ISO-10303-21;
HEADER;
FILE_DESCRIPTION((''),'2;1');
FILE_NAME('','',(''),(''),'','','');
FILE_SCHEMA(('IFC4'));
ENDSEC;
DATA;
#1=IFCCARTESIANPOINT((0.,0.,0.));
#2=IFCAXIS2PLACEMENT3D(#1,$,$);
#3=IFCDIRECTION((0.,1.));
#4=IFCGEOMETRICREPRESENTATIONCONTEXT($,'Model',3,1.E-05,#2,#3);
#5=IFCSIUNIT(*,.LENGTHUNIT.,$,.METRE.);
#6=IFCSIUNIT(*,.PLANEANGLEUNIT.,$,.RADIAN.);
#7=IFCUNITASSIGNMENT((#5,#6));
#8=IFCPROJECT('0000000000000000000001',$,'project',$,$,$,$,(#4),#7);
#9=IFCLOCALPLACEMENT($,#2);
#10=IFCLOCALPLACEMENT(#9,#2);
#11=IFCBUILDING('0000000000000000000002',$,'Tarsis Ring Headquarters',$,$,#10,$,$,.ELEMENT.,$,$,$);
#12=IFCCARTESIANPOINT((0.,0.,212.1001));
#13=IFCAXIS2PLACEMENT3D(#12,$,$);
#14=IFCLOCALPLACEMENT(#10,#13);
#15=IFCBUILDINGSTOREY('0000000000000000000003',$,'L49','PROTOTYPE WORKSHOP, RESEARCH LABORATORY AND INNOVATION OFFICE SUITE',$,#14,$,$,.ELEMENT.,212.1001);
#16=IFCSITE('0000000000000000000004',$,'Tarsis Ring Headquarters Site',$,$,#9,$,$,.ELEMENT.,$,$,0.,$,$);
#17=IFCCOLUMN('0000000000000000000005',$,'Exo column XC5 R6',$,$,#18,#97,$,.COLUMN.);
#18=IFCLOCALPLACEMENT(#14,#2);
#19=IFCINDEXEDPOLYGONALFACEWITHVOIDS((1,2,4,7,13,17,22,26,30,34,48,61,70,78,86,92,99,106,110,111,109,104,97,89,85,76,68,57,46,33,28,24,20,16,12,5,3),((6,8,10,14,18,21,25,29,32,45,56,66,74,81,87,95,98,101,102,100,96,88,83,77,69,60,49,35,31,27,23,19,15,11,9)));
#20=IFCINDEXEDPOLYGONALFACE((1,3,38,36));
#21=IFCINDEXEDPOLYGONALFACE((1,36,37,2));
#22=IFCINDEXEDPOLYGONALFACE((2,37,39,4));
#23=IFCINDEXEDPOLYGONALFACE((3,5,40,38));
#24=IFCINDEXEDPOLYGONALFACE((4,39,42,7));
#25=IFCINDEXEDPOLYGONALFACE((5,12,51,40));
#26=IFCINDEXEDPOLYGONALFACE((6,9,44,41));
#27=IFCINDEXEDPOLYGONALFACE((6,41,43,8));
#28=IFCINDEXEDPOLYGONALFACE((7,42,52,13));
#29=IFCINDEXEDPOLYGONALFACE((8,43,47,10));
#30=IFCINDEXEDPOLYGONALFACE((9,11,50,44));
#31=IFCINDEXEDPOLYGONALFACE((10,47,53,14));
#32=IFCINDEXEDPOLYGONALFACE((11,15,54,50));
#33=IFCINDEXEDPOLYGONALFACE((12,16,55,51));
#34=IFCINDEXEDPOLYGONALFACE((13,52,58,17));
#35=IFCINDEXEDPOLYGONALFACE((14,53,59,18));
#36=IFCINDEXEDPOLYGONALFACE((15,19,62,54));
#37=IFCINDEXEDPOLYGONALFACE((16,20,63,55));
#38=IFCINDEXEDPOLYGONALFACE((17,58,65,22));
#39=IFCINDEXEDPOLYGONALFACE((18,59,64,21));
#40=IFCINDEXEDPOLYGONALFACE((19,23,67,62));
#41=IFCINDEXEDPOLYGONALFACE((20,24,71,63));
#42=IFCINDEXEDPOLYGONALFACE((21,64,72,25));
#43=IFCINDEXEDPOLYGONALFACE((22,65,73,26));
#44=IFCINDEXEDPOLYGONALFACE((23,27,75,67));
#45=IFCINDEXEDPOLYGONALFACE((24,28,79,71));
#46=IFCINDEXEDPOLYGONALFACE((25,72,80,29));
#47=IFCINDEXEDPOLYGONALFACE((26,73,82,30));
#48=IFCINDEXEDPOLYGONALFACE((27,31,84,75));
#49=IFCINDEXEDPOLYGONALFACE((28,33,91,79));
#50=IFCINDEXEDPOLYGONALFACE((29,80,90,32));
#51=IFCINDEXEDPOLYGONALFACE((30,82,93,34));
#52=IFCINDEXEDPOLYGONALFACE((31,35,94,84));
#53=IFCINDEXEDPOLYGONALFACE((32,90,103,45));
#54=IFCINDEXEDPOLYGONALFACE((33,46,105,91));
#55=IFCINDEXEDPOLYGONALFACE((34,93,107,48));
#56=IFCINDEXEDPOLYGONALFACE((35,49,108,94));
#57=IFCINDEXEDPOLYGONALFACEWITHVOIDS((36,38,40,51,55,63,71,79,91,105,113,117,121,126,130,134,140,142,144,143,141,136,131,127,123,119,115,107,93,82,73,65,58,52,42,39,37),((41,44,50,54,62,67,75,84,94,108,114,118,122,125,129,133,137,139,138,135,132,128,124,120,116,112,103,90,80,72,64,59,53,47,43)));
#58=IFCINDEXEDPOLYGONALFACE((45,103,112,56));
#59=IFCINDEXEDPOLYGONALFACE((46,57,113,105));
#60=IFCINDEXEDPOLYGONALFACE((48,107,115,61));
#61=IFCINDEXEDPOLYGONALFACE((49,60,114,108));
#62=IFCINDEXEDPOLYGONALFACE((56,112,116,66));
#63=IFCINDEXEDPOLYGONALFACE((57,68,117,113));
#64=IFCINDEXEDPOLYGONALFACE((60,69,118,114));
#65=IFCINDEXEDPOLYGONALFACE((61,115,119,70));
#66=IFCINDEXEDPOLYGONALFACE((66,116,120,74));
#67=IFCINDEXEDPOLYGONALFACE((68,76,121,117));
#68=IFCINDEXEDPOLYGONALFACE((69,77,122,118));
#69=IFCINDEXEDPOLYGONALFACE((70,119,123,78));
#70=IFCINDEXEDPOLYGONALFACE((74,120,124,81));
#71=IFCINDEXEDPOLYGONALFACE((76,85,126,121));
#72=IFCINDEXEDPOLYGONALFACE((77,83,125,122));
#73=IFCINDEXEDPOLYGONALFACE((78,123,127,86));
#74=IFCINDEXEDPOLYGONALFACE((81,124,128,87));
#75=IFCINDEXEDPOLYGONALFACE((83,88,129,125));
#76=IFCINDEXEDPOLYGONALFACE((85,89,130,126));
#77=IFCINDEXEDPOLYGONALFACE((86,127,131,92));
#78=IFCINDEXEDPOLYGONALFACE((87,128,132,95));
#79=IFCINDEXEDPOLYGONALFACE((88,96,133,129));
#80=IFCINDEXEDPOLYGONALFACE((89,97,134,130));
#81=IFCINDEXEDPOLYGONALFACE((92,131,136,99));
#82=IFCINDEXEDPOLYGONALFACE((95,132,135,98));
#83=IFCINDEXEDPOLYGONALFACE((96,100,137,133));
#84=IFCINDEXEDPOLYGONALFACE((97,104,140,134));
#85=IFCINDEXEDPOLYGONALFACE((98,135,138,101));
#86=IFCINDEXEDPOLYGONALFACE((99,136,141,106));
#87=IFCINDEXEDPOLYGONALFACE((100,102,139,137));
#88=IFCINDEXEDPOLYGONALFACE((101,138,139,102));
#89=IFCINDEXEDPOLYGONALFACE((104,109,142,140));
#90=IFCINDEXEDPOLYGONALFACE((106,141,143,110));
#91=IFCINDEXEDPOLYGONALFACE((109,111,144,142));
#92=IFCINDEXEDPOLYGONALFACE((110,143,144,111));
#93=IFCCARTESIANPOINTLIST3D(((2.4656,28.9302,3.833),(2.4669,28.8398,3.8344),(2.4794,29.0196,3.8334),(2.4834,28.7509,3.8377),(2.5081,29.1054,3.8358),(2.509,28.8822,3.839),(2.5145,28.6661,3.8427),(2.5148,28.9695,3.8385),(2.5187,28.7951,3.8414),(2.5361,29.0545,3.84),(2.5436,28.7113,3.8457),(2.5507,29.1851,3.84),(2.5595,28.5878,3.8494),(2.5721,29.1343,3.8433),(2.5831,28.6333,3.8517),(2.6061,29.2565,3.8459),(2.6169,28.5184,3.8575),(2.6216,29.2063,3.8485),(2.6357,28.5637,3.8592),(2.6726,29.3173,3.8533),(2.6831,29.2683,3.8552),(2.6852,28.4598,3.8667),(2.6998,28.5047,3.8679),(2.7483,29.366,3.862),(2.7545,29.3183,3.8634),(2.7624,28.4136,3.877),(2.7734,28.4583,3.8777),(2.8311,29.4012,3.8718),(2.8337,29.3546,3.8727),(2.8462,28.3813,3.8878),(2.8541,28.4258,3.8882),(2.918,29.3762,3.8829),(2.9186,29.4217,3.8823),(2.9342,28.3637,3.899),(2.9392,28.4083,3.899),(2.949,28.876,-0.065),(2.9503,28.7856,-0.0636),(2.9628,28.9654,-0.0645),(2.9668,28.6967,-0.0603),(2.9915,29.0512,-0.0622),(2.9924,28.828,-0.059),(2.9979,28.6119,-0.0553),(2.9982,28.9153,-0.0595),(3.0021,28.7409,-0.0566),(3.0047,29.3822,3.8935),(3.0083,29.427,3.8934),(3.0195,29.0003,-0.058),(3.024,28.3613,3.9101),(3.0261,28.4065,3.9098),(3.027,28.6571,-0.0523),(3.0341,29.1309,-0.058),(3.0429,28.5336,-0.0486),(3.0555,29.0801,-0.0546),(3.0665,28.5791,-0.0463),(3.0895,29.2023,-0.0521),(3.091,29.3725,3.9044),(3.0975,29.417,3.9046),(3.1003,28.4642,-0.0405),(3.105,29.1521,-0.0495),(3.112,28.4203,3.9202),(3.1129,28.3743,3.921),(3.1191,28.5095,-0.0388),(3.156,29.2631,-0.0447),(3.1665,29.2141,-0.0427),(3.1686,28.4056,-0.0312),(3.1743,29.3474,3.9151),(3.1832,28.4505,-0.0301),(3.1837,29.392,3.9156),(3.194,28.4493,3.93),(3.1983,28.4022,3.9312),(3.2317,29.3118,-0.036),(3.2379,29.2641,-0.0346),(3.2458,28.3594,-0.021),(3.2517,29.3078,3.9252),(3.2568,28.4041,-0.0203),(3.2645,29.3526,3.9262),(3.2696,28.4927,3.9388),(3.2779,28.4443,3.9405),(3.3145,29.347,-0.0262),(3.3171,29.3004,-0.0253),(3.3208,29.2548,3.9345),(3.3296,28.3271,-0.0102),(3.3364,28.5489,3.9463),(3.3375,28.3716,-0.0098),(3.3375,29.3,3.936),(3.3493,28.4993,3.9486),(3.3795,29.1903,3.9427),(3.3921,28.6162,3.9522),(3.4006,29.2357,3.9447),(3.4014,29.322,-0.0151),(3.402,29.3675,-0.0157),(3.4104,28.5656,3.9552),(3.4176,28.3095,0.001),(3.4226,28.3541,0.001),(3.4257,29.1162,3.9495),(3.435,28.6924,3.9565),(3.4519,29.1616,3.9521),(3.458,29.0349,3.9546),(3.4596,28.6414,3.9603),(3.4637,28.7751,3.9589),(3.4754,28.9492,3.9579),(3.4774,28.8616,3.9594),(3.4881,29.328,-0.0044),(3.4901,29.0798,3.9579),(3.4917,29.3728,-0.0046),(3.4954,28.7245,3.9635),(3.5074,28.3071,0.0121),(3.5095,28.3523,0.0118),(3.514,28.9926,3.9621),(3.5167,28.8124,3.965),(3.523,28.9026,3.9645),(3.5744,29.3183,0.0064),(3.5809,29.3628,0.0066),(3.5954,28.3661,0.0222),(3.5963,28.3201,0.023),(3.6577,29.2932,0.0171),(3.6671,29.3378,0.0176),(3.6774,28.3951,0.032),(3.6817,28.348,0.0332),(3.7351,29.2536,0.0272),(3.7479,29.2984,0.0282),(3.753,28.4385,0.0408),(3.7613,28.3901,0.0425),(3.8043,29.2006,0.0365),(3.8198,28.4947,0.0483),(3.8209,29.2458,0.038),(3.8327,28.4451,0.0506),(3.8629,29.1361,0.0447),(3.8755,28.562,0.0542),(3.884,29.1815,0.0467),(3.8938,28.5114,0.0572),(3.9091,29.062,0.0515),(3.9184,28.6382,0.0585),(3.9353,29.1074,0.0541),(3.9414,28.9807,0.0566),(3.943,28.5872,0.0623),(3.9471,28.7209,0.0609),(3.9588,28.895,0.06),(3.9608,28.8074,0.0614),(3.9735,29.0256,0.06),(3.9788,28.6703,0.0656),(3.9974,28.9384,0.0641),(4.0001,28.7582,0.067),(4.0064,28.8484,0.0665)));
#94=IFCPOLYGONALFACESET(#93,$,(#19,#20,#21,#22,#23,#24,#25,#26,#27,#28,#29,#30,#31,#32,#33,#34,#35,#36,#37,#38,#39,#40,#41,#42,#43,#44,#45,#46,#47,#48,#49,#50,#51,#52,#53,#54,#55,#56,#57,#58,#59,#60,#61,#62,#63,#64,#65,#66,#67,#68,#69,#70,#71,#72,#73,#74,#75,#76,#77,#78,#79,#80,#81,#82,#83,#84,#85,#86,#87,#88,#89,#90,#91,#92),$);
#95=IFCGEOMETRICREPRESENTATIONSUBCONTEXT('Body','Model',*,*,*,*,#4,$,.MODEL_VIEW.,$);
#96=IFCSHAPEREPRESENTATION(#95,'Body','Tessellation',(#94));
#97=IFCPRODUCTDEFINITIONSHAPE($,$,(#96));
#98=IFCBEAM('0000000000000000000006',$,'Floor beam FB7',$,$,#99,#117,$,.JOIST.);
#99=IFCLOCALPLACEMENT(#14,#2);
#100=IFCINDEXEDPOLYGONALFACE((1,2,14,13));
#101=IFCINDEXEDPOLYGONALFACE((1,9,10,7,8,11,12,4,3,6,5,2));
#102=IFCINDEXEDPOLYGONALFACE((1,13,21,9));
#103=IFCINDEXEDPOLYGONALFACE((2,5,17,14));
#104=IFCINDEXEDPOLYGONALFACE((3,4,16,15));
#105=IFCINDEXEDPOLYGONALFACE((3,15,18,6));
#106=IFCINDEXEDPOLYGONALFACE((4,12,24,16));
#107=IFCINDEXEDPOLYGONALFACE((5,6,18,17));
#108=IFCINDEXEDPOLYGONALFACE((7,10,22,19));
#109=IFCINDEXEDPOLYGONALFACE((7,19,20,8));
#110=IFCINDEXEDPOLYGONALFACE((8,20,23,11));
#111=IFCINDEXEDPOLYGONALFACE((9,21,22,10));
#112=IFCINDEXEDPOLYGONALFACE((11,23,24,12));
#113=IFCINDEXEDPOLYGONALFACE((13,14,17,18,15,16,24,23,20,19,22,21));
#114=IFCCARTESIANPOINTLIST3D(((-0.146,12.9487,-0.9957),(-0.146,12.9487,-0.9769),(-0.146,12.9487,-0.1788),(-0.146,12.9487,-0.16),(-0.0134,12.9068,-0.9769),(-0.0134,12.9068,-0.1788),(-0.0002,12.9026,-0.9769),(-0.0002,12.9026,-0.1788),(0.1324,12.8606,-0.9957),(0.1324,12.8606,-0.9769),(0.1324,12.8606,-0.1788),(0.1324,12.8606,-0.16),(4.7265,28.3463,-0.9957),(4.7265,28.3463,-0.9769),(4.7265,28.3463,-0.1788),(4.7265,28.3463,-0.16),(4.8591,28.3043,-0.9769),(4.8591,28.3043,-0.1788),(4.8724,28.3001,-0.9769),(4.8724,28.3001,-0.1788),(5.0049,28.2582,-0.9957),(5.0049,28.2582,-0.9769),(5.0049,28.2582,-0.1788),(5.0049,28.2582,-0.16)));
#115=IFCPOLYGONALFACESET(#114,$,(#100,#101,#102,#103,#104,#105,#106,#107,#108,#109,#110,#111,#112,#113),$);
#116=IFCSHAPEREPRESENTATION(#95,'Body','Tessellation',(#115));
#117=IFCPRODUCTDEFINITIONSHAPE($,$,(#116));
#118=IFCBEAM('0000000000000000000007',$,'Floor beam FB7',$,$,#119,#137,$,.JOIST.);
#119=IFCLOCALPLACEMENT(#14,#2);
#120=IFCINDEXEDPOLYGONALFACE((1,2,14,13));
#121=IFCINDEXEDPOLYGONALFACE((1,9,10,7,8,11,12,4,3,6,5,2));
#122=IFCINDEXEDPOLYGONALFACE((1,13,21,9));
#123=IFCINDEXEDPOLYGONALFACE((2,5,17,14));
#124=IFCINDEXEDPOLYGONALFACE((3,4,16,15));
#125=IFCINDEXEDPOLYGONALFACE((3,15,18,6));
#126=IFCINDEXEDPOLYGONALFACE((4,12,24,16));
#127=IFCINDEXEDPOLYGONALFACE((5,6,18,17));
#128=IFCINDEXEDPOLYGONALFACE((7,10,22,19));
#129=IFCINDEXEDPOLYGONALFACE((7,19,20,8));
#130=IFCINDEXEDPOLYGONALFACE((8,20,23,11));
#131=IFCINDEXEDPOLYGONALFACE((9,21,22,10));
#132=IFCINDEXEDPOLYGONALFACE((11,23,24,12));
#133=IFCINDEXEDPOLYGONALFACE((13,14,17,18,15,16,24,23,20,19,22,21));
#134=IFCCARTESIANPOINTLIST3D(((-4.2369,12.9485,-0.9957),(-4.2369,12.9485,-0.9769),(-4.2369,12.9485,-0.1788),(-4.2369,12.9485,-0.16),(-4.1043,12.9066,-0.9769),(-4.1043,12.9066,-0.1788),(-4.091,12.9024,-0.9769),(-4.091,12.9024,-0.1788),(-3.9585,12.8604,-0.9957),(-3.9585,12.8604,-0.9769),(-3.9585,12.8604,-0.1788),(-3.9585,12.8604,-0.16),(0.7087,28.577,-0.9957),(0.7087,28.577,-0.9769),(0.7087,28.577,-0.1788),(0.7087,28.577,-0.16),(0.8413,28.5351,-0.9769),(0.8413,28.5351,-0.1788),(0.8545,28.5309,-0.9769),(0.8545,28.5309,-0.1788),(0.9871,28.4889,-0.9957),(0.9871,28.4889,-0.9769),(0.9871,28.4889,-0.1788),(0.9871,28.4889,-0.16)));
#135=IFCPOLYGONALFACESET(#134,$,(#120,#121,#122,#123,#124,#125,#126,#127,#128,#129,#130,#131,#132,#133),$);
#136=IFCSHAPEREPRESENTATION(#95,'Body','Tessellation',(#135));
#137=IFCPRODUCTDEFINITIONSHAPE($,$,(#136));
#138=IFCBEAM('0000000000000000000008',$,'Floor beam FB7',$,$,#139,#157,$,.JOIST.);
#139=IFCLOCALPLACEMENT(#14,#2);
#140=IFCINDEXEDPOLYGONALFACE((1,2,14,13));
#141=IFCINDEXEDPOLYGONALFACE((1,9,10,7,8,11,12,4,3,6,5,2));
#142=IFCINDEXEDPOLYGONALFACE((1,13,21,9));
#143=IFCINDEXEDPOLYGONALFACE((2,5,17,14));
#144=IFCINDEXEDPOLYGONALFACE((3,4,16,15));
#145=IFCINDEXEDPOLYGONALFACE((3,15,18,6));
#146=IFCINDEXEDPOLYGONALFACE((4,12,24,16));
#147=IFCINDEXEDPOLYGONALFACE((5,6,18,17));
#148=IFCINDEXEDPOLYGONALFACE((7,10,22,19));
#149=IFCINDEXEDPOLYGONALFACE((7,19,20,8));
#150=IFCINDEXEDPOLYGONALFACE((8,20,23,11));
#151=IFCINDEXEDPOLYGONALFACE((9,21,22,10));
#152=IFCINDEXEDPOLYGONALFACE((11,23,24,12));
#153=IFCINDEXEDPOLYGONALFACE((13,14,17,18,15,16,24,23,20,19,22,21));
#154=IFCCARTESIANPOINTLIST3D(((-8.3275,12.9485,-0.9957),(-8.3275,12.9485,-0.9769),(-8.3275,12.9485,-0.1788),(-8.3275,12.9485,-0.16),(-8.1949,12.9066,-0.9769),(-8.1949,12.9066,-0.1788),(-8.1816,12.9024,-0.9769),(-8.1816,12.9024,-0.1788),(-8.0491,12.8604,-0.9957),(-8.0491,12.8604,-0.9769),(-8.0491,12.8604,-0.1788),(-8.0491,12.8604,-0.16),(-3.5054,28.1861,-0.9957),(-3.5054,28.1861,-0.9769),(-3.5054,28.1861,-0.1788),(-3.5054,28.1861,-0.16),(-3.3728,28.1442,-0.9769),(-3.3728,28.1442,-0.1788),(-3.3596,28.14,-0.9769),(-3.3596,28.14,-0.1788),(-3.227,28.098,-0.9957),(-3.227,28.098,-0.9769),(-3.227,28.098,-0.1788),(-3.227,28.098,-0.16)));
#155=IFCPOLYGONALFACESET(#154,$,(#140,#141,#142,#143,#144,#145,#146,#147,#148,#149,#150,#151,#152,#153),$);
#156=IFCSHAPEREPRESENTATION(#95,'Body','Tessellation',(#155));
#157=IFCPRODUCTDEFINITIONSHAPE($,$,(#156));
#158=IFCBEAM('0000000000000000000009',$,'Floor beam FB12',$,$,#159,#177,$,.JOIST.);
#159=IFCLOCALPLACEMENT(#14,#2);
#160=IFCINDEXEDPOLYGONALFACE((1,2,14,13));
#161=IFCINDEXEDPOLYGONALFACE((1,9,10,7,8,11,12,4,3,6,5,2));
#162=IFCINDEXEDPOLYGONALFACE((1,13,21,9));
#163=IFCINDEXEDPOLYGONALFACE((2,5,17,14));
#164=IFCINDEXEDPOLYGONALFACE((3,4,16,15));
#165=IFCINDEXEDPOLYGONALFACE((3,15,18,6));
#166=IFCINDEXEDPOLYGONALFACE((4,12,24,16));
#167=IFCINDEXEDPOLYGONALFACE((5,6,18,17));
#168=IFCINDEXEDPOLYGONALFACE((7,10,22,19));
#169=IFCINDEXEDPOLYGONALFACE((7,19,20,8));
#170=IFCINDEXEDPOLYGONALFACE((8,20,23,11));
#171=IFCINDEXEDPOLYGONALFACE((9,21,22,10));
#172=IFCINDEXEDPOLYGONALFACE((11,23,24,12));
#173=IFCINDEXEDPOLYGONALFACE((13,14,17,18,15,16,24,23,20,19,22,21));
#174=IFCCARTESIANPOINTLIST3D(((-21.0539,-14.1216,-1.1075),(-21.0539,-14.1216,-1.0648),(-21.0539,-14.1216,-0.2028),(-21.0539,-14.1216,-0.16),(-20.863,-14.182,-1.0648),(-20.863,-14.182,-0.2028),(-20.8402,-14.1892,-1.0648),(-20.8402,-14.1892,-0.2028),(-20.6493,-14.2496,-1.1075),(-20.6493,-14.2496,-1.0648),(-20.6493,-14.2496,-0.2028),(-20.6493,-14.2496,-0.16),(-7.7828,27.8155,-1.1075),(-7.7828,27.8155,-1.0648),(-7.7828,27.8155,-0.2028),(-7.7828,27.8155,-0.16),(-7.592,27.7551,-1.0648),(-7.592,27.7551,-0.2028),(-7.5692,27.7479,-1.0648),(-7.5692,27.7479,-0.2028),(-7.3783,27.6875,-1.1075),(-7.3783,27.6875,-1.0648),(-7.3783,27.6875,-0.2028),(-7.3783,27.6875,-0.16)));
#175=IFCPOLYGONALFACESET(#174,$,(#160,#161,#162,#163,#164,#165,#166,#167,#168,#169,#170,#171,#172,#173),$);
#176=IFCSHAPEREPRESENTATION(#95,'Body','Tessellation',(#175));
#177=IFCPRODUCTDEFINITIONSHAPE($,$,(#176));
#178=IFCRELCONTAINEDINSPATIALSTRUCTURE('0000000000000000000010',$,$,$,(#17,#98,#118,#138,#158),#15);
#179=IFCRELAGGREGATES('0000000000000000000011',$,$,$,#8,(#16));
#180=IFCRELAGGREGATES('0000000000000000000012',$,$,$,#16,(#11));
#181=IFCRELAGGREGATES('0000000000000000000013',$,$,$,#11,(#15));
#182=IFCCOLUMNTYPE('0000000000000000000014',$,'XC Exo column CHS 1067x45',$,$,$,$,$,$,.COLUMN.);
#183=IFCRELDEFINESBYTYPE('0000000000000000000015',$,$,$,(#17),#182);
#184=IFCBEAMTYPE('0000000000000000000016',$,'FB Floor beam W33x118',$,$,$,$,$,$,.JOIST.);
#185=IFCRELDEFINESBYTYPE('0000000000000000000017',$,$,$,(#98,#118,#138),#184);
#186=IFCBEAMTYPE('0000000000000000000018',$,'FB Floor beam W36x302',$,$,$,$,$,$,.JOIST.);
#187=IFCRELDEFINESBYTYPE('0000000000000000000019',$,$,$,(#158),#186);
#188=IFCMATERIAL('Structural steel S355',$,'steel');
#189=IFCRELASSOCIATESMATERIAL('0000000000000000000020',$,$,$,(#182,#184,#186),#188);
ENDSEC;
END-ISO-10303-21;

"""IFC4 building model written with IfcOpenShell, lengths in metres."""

from ifc_helpers import new_model, si_unit, direction, frame, origin, origin_2d, place, context, subcontext, project, spatial, hollow_circle, i_section, extrude, material, material_profile, profile_set, type_object, element, save


model = new_model("IFC4")

# Units and contexts
model_context = context("Model", 3, precision=1e-05, world=origin(), true_north=direction((0.0, 1.0)))
body_context = subcontext(model_context, "Body", "Model", "MODEL_VIEW")
ifc_project = project(units=[si_unit("LENGTHUNIT", "METRE"), si_unit("PLANEANGLEUNIT", "RADIAN")], contexts=[model_context])

# Site, building, storey
site_placement = place(None, origin())
site = spatial("IfcSite", under=ifc_project, at=site_placement, Name="Tarsis Ring Headquarters Site", CompositionType="ELEMENT", RefElevation=0.0)
building_placement = place(site_placement, origin())
building = spatial("IfcBuilding", under=site, at=building_placement, Name="Tarsis Ring Headquarters", CompositionType="ELEMENT")
storey_placement = place(building_placement, frame((0.0, 0.0, 212.1001)))
storey = spatial("IfcBuildingStorey", under=building, at=storey_placement, Name="L49", Description="PROTOTYPE WORKSHOP, RESEARCH LABORATORY AND INNOVATION OFFICE SUITE", CompositionType="ELEMENT", Elevation=212.1001)

# Column
ifc_material_1 = material(Name="Structural steel S355", Category="steel")
ifc_material_profile_1 = material_profile(ifc_material_1, hollow_circle(Radius=0.5334, WallThickness=0.0449, at=origin_2d()), Name="CHS 1067x45")
ifc_profile_set_1 = profile_set([ifc_material_profile_1], Name="Structural steel S355")
column_type = type_object("IfcColumnType", Name="XC Exo column CHS 1067x45", PredefinedType="COLUMN", material=ifc_profile_set_1)
column_placement = place(storey_placement, frame((3.4771, 28.8396, 0.001), z_axis=(-0.123059, 0.013798, 0.992303), x_axis=(-0.111423, -0.993773, 0.0)))
element("IfcColumn", 1, at=column_placement, inside=storey, type_object=column_type, Name="Exo column XC5 R6", PredefinedType="COLUMN", context=body_context, shape_type="SweptSolid", body=[
    extrude(hollow_circle(Radius=0.5334, WallThickness=0.0449, at=origin_2d()), origin(), (0.0, 0.0, 1.0), 3.9282),
])

# Beams
ifc_material_profile_2 = material_profile(ifc_material_1, i_section(OverallWidth=0.292, OverallDepth=0.8357, WebThickness=0.0139, FlangeThickness=0.0188, at=origin_2d()), Name="W33x118")
ifc_profile_set_2 = profile_set([ifc_material_profile_2], Name="Structural steel S355")
beam_type_1 = type_object("IfcBeamType", Name="FB Floor beam W33x118", PredefinedType="JOIST", material=ifc_profile_set_2)
beam_1_placement = place(storey_placement, frame((4.8657, 28.3022, -0.5779), z_axis=(-0.301701, -0.953402, 0.0), x_axis=(0.953402, -0.301701, 0.0)))
element("IfcBeam", 2, at=beam_1_placement, inside=storey, type_object=beam_type_1, Name="Floor beam FB7", PredefinedType="JOIST", context=body_context, shape_type="SweptSolid", body=[
    extrude(i_section(OverallWidth=0.292, OverallDepth=0.8357, WebThickness=0.0139, FlangeThickness=0.0188, at=origin_2d()), origin(), (0.0, 0.0, 1.0), 16.1501),
])
beam_2_placement = place(storey_placement, frame((0.8479, 28.533, -0.5779), z_axis=(-0.301701, -0.953403, 0.0), x_axis=(0.953403, -0.301701, 0.0)))
element("IfcBeam", 3, at=beam_2_placement, inside=storey, type_object=beam_type_1, Name="Floor beam FB7", PredefinedType="JOIST", context=body_context, shape_type="SweptSolid", body=[
    extrude(i_section(OverallWidth=0.292, OverallDepth=0.8357, WebThickness=0.0139, FlangeThickness=0.0188, at=origin_2d()), origin(), (0.0, 0.0, 1.0), 16.3923),
])
beam_3_placement = place(storey_placement, frame((-3.3662, 28.1421, -0.5779), z_axis=(-0.30171, -0.9534, 0.0), x_axis=(0.9534, -0.30171, 0.0)))
element("IfcBeam", 4, at=beam_3_placement, inside=storey, type_object=beam_type_1, Name="Floor beam FB7", PredefinedType="JOIST", context=body_context, shape_type="SweptSolid", body=[
    extrude(i_section(OverallWidth=0.292, OverallDepth=0.8357, WebThickness=0.0139, FlangeThickness=0.0188, at=origin_2d()), origin(), (0.0, 0.0, 1.0), 15.9824),
])
ifc_material_profile_3 = material_profile(ifc_material_1, i_section(OverallWidth=0.4243, OverallDepth=0.9475, WebThickness=0.0239, FlangeThickness=0.0427, at=origin_2d()), Name="W36x302")
ifc_profile_set_3 = profile_set([ifc_material_profile_3], Name="Structural steel S355")
beam_type_2 = type_object("IfcBeamType", Name="FB Floor beam W36x302", PredefinedType="JOIST", material=ifc_profile_set_3)
beam_4_placement = place(storey_placement, frame((-7.5806, 27.7515, -0.6338), z_axis=(-0.301705, -0.953401, 0.0), x_axis=(0.953401, -0.301705, 0.0)))
element("IfcBeam", 5, at=beam_4_placement, inside=storey, type_object=beam_type_2, Name="Floor beam FB12", PredefinedType="JOIST", context=body_context, shape_type="SweptSolid", body=[
    extrude(i_section(OverallWidth=0.4243, OverallDepth=0.9475, WebThickness=0.0239, FlangeThickness=0.0427, at=origin_2d()), origin(), (0.0, 0.0, 1.0), 43.9868),
])

save(model, "model.ifc")
